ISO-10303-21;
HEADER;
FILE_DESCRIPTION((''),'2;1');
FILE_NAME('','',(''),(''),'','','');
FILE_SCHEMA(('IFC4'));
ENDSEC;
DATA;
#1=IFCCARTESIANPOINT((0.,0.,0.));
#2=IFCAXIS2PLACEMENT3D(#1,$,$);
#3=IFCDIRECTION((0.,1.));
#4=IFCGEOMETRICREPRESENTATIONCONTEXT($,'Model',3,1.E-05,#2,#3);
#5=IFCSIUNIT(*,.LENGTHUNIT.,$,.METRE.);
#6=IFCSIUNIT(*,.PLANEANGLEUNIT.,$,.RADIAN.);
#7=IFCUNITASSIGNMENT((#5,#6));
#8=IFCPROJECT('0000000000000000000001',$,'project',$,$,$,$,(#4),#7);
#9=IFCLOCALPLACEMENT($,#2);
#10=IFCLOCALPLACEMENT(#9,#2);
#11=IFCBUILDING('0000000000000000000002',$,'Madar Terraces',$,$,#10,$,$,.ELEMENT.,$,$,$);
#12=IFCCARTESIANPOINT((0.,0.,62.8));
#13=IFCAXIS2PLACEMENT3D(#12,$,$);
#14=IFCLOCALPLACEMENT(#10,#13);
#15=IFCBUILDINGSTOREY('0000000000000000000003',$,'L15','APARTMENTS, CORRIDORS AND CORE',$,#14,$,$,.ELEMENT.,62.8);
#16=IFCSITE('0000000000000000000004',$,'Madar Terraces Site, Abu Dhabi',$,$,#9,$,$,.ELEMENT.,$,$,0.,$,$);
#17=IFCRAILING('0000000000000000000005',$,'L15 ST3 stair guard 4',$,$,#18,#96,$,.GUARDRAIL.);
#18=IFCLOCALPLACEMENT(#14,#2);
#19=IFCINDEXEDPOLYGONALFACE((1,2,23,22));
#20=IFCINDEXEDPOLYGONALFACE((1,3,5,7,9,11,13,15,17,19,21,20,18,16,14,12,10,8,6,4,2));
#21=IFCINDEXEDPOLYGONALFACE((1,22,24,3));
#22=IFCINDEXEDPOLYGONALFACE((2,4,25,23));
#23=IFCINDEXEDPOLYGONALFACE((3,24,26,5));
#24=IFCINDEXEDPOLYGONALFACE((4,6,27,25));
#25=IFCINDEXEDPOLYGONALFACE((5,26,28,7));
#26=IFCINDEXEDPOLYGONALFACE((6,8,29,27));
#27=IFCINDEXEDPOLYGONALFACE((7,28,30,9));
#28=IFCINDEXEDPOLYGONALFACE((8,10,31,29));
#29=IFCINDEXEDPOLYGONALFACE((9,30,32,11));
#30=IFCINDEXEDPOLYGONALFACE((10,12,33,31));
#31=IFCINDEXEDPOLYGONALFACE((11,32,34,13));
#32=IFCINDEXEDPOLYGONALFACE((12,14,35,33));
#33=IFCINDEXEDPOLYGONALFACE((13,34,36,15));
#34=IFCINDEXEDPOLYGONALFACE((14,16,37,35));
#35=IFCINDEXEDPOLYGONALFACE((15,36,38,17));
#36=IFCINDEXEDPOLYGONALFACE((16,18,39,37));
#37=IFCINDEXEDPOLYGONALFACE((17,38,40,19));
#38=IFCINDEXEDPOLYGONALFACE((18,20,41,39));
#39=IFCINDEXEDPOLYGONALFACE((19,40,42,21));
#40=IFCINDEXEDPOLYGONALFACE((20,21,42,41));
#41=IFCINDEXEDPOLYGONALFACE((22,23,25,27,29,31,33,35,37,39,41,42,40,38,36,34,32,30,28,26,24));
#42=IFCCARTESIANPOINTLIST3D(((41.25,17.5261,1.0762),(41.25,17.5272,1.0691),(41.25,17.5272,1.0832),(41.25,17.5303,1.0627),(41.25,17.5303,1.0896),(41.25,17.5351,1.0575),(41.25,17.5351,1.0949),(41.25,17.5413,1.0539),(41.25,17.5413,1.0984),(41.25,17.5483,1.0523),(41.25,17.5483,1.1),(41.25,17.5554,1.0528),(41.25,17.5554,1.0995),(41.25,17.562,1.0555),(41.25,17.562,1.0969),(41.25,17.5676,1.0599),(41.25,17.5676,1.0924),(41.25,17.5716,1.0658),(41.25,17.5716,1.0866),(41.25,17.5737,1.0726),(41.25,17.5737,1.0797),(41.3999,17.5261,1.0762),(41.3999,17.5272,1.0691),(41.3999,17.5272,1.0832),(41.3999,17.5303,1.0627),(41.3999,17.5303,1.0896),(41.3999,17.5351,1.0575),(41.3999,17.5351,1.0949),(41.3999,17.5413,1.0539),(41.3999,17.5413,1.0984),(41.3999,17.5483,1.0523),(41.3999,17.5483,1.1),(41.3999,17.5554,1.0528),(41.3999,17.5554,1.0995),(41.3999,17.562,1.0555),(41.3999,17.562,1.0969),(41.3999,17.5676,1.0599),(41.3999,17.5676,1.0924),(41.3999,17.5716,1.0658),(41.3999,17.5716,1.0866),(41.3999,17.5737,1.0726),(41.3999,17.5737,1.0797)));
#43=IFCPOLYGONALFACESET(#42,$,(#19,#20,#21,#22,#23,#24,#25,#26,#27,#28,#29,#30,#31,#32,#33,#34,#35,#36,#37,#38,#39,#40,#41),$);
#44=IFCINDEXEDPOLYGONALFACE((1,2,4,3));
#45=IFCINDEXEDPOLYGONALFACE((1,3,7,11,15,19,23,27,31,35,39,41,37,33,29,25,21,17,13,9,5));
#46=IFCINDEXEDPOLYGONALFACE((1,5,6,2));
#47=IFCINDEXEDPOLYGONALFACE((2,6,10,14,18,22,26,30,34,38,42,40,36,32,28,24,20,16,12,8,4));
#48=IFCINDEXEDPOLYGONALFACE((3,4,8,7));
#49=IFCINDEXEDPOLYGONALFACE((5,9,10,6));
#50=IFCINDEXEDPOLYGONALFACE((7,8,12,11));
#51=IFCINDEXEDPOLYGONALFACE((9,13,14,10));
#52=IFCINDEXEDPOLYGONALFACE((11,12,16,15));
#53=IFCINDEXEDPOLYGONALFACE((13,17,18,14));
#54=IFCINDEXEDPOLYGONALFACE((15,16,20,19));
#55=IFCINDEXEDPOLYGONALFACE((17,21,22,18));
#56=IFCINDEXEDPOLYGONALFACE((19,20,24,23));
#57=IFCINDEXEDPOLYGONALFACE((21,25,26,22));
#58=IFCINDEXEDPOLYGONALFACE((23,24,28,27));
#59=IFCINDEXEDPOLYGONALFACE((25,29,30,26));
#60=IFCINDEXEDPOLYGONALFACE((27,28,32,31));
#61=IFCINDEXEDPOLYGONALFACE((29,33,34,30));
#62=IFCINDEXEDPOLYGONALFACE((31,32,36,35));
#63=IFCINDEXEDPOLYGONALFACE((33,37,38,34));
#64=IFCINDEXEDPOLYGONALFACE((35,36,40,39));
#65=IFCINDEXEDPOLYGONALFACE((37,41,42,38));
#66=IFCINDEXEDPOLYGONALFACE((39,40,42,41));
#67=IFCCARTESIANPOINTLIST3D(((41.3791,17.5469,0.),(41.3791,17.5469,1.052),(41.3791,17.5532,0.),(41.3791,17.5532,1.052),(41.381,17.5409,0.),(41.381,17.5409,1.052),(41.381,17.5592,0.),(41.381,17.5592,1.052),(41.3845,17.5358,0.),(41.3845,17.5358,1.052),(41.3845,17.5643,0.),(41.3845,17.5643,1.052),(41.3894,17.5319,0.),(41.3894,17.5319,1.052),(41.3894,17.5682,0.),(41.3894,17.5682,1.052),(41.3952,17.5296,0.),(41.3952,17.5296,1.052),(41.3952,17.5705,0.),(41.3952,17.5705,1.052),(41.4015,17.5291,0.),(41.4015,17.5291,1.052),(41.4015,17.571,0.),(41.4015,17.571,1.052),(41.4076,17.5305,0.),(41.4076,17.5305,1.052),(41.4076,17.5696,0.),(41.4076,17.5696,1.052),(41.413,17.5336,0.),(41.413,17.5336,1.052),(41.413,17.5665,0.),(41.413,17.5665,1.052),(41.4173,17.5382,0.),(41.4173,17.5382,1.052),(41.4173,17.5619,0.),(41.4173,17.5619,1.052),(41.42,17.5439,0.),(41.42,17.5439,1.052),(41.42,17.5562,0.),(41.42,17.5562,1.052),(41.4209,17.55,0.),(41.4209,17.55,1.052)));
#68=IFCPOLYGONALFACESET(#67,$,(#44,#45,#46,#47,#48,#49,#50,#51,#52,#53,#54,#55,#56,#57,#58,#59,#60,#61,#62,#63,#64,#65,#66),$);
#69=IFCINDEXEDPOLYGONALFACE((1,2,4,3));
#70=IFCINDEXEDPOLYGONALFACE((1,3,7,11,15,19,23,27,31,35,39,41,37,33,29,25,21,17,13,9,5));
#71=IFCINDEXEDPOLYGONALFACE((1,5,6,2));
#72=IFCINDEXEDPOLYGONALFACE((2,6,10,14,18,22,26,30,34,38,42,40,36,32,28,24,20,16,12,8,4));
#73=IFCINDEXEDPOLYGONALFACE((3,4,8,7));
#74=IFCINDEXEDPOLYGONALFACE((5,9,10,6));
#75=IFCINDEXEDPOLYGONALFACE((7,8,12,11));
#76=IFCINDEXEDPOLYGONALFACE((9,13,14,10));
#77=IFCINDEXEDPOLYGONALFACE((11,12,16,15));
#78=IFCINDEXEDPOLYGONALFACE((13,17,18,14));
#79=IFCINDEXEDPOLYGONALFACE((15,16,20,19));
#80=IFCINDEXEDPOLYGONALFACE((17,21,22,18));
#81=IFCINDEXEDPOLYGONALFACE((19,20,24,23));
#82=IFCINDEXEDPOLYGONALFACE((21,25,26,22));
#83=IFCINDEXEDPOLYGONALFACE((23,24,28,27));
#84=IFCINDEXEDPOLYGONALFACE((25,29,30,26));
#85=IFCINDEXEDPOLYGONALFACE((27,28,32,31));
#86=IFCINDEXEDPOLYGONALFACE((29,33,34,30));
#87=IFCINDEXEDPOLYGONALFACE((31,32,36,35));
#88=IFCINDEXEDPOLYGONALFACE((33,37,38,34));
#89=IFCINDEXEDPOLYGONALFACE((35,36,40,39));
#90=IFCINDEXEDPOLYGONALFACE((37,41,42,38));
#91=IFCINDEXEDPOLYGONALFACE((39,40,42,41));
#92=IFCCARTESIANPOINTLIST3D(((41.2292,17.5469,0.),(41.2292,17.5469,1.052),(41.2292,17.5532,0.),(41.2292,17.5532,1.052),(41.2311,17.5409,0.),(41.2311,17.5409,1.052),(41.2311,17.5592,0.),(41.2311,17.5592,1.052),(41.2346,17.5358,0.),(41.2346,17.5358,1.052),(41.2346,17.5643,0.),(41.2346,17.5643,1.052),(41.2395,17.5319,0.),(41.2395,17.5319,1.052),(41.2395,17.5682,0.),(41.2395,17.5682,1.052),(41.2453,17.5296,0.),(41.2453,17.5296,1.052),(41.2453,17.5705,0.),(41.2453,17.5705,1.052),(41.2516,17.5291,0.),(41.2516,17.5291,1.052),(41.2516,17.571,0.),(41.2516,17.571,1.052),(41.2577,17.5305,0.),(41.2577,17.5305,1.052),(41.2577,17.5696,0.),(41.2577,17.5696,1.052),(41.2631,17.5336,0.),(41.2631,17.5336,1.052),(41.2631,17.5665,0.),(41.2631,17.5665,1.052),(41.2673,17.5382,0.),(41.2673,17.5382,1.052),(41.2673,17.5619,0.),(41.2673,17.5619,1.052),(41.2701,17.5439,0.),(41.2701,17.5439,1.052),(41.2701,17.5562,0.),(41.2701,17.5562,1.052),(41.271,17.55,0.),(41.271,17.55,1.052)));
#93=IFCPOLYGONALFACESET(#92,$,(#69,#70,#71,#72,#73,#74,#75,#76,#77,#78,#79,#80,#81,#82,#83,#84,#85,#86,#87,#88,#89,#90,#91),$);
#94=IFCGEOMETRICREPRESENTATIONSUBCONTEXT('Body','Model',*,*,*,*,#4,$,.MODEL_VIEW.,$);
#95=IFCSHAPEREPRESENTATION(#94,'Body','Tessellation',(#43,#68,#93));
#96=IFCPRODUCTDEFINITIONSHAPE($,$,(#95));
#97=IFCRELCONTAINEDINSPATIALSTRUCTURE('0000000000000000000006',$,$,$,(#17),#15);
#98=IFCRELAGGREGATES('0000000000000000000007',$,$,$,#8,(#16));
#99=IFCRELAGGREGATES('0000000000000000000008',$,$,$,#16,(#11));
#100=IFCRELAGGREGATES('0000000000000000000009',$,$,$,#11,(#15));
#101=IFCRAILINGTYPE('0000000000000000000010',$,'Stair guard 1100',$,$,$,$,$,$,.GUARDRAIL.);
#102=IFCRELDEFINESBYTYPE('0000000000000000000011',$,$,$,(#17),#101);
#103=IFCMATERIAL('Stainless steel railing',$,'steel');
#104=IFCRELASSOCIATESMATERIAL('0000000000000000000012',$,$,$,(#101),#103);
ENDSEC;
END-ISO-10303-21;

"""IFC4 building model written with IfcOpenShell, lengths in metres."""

from ifc_helpers import new_model, si_unit, direction, frame, origin, origin_2d, place, context, subcontext, project, spatial, circle, extrude, material, type_object, element, save


model = new_model("IFC4")

# Units and contexts
model_context = context("Model", 3, precision=1e-05, world=origin(), true_north=direction((0.0, 1.0)))
body_context = subcontext(model_context, "Body", "Model", "MODEL_VIEW")
ifc_project = project(units=[si_unit("LENGTHUNIT", "METRE"), si_unit("PLANEANGLEUNIT", "RADIAN")], contexts=[model_context])

# Site, building, storey
site_placement = place(None, origin())
site = spatial("IfcSite", under=ifc_project, at=site_placement, Name="Madar Terraces Site, Abu Dhabi", CompositionType="ELEMENT", RefElevation=0.0)
building_placement = place(site_placement, origin())
building = spatial("IfcBuilding", under=site, at=building_placement, Name="Madar Terraces", CompositionType="ELEMENT")
storey_placement = place(building_placement, frame((0.0, 0.0, 62.8)))
storey = spatial("IfcBuildingStorey", under=building, at=storey_placement, Name="L15", Description="APARTMENTS, CORRIDORS AND CORE", CompositionType="ELEMENT", Elevation=62.8)

# Railing
ifc_material_1 = material(Name="Stainless steel railing", Category="steel")
railing_type_1 = type_object("IfcRailingType", Name="Stair guard 1100", PredefinedType="GUARDRAIL", material=ifc_material_1)
railing_1_placement = place(storey_placement, frame((41.3999, 17.55, 0.0)))
element("IfcRailing", 1, at=railing_1_placement, inside=storey, type_object=railing_type_1, Name="L15 ST3 stair guard 4", PredefinedType="GUARDRAIL", context=body_context, shape_type="SweptSolid", body=[
    extrude(circle(Radius=0.0239, at=origin_2d()), frame((0.0, 0.0, 1.0762), z_axis=(-1.0, 0.0, 0.0), x_axis=(0.0, -1.0, 0.0)), (0.0, 0.0, 1.0), 0.1499),
    extrude(circle(Radius=0.021, at=origin_2d()), origin(), (0.0, 0.0, 1.0), 1.052),
    extrude(circle(Radius=0.021, at=origin_2d()), frame((-0.1499, 0.0, 0.0)), (0.0, 0.0, 1.0), 1.052),
])

save(model, "model.ifc")
